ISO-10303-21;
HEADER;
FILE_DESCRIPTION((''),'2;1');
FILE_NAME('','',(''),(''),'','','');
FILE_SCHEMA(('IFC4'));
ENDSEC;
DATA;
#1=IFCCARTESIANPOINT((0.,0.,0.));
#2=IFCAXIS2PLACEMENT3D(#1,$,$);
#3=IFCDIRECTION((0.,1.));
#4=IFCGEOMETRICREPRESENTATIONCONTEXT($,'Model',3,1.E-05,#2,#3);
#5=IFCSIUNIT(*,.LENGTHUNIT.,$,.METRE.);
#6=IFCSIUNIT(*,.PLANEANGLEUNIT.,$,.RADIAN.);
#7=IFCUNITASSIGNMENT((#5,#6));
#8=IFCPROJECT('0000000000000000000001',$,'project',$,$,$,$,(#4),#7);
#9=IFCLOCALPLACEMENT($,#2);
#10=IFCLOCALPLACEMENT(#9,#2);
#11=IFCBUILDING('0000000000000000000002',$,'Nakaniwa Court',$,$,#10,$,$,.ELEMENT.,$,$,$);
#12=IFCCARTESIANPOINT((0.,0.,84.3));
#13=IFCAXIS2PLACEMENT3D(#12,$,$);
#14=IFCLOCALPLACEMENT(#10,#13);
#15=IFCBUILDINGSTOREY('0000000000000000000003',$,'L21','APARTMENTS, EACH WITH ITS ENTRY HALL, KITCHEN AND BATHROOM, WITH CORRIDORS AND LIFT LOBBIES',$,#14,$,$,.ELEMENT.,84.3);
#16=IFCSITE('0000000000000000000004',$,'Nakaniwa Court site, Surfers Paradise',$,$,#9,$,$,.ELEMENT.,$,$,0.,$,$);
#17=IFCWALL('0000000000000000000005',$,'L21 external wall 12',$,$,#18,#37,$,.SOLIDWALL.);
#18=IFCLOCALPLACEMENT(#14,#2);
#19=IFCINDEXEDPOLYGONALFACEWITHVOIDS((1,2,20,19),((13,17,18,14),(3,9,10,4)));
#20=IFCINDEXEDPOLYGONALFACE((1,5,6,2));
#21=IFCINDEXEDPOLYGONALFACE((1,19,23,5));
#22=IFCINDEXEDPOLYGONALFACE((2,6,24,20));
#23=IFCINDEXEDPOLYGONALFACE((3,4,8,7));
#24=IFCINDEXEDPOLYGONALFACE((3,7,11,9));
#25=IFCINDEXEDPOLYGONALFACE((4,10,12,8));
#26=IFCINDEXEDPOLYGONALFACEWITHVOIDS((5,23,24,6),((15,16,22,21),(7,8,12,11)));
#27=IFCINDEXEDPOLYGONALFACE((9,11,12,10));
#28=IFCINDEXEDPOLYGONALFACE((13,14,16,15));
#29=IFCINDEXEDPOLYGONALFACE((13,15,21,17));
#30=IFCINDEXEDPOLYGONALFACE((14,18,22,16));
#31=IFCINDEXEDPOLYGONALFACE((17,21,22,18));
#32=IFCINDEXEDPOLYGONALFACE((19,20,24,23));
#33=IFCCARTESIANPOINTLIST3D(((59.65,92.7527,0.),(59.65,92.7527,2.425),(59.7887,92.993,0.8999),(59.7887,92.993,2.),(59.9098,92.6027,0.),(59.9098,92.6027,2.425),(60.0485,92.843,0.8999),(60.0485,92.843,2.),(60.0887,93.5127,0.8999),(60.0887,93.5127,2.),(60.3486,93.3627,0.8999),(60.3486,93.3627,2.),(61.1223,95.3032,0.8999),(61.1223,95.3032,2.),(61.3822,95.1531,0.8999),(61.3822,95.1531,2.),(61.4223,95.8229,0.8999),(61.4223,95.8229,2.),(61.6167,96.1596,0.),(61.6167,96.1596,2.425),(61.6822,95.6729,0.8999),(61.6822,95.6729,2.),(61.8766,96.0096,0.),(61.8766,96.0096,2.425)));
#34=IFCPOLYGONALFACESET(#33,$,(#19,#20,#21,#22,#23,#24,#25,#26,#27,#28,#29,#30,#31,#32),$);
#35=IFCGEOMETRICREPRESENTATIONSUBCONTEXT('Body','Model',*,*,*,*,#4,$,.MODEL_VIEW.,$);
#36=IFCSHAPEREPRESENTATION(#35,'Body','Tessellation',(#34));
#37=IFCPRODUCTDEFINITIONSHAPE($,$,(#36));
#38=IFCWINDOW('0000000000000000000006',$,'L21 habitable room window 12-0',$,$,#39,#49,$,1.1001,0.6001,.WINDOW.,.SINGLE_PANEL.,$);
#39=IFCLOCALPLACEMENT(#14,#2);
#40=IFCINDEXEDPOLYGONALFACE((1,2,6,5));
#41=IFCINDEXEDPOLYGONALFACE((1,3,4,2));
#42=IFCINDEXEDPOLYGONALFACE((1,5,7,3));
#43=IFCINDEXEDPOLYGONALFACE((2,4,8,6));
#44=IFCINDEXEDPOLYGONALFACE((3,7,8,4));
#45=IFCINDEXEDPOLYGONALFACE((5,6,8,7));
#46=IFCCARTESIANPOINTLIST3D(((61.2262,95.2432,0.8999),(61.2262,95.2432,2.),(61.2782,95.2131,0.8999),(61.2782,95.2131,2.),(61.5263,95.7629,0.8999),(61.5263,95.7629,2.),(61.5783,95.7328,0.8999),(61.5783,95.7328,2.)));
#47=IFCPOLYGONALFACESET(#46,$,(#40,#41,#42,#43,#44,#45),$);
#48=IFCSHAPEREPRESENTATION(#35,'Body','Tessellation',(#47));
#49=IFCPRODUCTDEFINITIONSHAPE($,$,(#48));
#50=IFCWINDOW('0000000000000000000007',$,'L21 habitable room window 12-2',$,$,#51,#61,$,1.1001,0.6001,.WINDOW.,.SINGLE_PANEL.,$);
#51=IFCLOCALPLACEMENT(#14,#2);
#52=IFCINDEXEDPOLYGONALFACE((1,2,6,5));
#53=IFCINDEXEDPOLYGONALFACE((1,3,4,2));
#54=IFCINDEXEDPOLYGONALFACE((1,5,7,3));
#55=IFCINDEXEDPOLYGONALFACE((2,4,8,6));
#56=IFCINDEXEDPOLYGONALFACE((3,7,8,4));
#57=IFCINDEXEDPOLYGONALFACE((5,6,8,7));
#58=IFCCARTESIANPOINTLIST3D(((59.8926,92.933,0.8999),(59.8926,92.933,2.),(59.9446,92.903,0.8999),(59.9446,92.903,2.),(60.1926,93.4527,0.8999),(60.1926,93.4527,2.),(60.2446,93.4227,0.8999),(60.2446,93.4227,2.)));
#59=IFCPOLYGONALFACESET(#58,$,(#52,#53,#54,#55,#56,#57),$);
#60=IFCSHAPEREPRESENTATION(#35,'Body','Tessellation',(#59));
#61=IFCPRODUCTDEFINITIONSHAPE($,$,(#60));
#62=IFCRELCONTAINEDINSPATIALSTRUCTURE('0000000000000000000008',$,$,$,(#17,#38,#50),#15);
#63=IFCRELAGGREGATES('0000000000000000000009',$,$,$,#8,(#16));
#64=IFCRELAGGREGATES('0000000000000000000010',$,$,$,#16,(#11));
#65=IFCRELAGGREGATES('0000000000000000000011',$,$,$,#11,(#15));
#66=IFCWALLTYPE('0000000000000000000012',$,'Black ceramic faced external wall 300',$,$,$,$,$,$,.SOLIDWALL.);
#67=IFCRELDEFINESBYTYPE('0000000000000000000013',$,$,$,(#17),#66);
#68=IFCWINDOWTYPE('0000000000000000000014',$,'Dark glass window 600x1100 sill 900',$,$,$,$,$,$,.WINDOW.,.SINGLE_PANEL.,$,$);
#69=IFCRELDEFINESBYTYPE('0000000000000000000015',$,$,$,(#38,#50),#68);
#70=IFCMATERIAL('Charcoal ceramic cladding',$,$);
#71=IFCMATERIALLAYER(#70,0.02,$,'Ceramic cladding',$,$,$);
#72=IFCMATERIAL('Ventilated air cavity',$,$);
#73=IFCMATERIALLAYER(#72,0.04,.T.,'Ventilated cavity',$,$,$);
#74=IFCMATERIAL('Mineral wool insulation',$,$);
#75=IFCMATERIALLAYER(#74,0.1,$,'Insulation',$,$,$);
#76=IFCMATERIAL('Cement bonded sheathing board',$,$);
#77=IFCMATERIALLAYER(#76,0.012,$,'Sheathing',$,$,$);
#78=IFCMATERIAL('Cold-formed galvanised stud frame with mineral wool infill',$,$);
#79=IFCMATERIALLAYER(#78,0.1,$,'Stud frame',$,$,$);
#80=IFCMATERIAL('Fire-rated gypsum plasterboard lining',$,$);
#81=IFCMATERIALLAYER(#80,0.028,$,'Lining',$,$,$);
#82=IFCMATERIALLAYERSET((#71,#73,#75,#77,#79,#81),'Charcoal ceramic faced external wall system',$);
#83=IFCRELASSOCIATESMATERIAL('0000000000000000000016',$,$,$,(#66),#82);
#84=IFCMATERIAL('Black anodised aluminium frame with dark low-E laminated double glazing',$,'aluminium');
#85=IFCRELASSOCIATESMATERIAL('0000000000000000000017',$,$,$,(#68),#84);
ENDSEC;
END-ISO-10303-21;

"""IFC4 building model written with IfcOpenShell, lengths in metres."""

from ifc_helpers import new_model, si_unit, direction, frame, frame_2d, origin, place, context, subcontext, project, spatial, rectangle, extrude, material, layer, layer_set, type_object, element, fill, save


model = new_model("IFC4")

# Units and contexts
model_context = context("Model", 3, precision=1e-05, world=origin(), true_north=direction((0.0, 1.0)))
body_context = subcontext(model_context, "Body", "Model", "MODEL_VIEW")
ifc_project = project(units=[si_unit("LENGTHUNIT", "METRE"), si_unit("PLANEANGLEUNIT", "RADIAN")], contexts=[model_context])

# Site, building, storey
site_placement = place(None, origin())
site = spatial("IfcSite", under=ifc_project, at=site_placement, Name="Nakaniwa Court site, Surfers Paradise", CompositionType="ELEMENT", RefElevation=0.0)
building_placement = place(site_placement, origin())
building = spatial("IfcBuilding", under=site, at=building_placement, Name="Nakaniwa Court", CompositionType="ELEMENT")
storey_placement = place(building_placement, frame((0.0, 0.0, 84.3)))
storey = spatial("IfcBuildingStorey", under=building, at=storey_placement, Name="L21", Description="APARTMENTS, EACH WITH ITS ENTRY HALL, KITCHEN AND BATHROOM, WITH CORRIDORS AND LIFT LOBBIES", CompositionType="ELEMENT", Elevation=84.3)

# Shared definitions
ifc_material_1 = material(Name="Charcoal ceramic cladding")
ifc_layer_1 = layer(ifc_material_1, 0.02, Name="Ceramic cladding")
ifc_material_2 = material(Name="Ventilated air cavity")
ifc_layer_2 = layer(ifc_material_2, 0.04, ventilated=True, Name="Ventilated cavity")
ifc_material_3 = material(Name="Mineral wool insulation")
ifc_layer_3 = layer(ifc_material_3, 0.1, Name="Insulation")
ifc_material_4 = material(Name="Cement bonded sheathing board")
ifc_layer_4 = layer(ifc_material_4, 0.012, Name="Sheathing")
ifc_material_5 = material(Name="Cold-formed galvanised stud frame with mineral wool infill")
ifc_layer_5 = layer(ifc_material_5, 0.1, Name="Stud frame")
ifc_material_6 = material(Name="Fire-rated gypsum plasterboard lining")
ifc_layer_6 = layer(ifc_material_6, 0.028, Name="Lining")
ifc_layer_set_1 = layer_set([ifc_layer_1, ifc_layer_2, ifc_layer_3, ifc_layer_4, ifc_layer_5, ifc_layer_6], Name="Charcoal ceramic faced external wall system")
wall_type_1 = type_object("IfcWallType", Name="Black ceramic faced external wall 300", PredefinedType="SOLIDWALL", material=ifc_layer_set_1)
ifc_material_7 = material(Name="Black anodised aluminium frame with dark low-E laminated double glazing", Category="aluminium")
window_type_1 = type_object("IfcWindowType", Name="Dark glass window 600x1100 sill 900", PartitioningType="SINGLE_PANEL", PredefinedType="WINDOW", material=ifc_material_7)

# Wall, openings, windows
wall_1_placement = place(storey_placement, frame((61.7466, 96.0845, 0.0), z_axis=(0.0, 0.0, 1.0), x_axis=(-0.499957, -0.86605, 0.0)))
wall_1 = element("IfcWall", 1, at=wall_1_placement, inside=storey, type_object=wall_type_1, Name="L21 external wall 12", PredefinedType="SOLIDWALL", context=body_context, shape_type="SweptSolid", body=[
    extrude(rectangle(XDim=3.9338, YDim=0.3, at=frame_2d((1.9668, 0.0))), origin(), (0.0, 0.0, 1.0), 2.425),
])
opening_1_placement = place(wall_1_placement, frame((0.3887, 0.0, 0.8999)))
opening_1 = element("IfcOpeningElement", 2, at=opening_1_placement, cuts=wall_1, PredefinedType="OPENING", context=body_context, shape_type="SweptSolid", body=[
    extrude(rectangle(XDim=0.6001, YDim=1.1001, at=frame_2d((0.3, 0.55))), frame((0.0, 0.1599, 0.0), z_axis=(0.0, -1.0, 0.0), x_axis=(1.0, 0.0, 0.0)), (0.0, 0.0, 1.0), 0.3201),
])
opening_2_placement = place(wall_1_placement, frame((3.0562, 0.0, 0.8999)))
opening_2 = element("IfcOpeningElement", 3, at=opening_2_placement, cuts=wall_1, PredefinedType="OPENING", context=body_context, shape_type="SweptSolid", body=[
    extrude(rectangle(XDim=0.6001, YDim=1.1001, at=frame_2d((0.3, 0.55))), frame((0.0, 0.1599, 0.0), z_axis=(0.0, -1.0, 0.0), x_axis=(1.0, 0.0, 0.0)), (0.0, 0.0, 1.0), 0.3201),
])
window_1_placement = place(opening_1_placement, origin())
window_1 = element("IfcWindow", 4, at=window_1_placement, inside=storey, type_object=window_type_1, Name="L21 habitable room window 12-0", OverallHeight=1.1001, OverallWidth=0.6001, PartitioningType="SINGLE_PANEL", PredefinedType="WINDOW", context=body_context, shape_type="SweptSolid", body=[
    extrude(rectangle(XDim=0.6001, YDim=1.1001, at=frame_2d((0.3, 0.55))), frame((0.0, 0.03, 0.0), z_axis=(0.0, -1.0, 0.0), x_axis=(1.0, 0.0, 0.0)), (0.0, 0.0, 1.0), 0.0601),
])
fill(opening_1, window_1)
window_2_placement = place(opening_2_placement, origin())
window_2 = element("IfcWindow", 5, at=window_2_placement, inside=storey, type_object=window_type_1, Name="L21 habitable room window 12-2", OverallHeight=1.1001, OverallWidth=0.6001, PartitioningType="SINGLE_PANEL", PredefinedType="WINDOW", context=body_context, shape_type="SweptSolid", body=[
    extrude(rectangle(XDim=0.6001, YDim=1.1001, at=frame_2d((0.3, 0.55))), frame((0.0, 0.03, 0.0), z_axis=(0.0, -1.0, 0.0), x_axis=(1.0, 0.0, 0.0)), (0.0, 0.0, 1.0), 0.0601),
])
fill(opening_2, window_2)

save(model, "model.ifc")
